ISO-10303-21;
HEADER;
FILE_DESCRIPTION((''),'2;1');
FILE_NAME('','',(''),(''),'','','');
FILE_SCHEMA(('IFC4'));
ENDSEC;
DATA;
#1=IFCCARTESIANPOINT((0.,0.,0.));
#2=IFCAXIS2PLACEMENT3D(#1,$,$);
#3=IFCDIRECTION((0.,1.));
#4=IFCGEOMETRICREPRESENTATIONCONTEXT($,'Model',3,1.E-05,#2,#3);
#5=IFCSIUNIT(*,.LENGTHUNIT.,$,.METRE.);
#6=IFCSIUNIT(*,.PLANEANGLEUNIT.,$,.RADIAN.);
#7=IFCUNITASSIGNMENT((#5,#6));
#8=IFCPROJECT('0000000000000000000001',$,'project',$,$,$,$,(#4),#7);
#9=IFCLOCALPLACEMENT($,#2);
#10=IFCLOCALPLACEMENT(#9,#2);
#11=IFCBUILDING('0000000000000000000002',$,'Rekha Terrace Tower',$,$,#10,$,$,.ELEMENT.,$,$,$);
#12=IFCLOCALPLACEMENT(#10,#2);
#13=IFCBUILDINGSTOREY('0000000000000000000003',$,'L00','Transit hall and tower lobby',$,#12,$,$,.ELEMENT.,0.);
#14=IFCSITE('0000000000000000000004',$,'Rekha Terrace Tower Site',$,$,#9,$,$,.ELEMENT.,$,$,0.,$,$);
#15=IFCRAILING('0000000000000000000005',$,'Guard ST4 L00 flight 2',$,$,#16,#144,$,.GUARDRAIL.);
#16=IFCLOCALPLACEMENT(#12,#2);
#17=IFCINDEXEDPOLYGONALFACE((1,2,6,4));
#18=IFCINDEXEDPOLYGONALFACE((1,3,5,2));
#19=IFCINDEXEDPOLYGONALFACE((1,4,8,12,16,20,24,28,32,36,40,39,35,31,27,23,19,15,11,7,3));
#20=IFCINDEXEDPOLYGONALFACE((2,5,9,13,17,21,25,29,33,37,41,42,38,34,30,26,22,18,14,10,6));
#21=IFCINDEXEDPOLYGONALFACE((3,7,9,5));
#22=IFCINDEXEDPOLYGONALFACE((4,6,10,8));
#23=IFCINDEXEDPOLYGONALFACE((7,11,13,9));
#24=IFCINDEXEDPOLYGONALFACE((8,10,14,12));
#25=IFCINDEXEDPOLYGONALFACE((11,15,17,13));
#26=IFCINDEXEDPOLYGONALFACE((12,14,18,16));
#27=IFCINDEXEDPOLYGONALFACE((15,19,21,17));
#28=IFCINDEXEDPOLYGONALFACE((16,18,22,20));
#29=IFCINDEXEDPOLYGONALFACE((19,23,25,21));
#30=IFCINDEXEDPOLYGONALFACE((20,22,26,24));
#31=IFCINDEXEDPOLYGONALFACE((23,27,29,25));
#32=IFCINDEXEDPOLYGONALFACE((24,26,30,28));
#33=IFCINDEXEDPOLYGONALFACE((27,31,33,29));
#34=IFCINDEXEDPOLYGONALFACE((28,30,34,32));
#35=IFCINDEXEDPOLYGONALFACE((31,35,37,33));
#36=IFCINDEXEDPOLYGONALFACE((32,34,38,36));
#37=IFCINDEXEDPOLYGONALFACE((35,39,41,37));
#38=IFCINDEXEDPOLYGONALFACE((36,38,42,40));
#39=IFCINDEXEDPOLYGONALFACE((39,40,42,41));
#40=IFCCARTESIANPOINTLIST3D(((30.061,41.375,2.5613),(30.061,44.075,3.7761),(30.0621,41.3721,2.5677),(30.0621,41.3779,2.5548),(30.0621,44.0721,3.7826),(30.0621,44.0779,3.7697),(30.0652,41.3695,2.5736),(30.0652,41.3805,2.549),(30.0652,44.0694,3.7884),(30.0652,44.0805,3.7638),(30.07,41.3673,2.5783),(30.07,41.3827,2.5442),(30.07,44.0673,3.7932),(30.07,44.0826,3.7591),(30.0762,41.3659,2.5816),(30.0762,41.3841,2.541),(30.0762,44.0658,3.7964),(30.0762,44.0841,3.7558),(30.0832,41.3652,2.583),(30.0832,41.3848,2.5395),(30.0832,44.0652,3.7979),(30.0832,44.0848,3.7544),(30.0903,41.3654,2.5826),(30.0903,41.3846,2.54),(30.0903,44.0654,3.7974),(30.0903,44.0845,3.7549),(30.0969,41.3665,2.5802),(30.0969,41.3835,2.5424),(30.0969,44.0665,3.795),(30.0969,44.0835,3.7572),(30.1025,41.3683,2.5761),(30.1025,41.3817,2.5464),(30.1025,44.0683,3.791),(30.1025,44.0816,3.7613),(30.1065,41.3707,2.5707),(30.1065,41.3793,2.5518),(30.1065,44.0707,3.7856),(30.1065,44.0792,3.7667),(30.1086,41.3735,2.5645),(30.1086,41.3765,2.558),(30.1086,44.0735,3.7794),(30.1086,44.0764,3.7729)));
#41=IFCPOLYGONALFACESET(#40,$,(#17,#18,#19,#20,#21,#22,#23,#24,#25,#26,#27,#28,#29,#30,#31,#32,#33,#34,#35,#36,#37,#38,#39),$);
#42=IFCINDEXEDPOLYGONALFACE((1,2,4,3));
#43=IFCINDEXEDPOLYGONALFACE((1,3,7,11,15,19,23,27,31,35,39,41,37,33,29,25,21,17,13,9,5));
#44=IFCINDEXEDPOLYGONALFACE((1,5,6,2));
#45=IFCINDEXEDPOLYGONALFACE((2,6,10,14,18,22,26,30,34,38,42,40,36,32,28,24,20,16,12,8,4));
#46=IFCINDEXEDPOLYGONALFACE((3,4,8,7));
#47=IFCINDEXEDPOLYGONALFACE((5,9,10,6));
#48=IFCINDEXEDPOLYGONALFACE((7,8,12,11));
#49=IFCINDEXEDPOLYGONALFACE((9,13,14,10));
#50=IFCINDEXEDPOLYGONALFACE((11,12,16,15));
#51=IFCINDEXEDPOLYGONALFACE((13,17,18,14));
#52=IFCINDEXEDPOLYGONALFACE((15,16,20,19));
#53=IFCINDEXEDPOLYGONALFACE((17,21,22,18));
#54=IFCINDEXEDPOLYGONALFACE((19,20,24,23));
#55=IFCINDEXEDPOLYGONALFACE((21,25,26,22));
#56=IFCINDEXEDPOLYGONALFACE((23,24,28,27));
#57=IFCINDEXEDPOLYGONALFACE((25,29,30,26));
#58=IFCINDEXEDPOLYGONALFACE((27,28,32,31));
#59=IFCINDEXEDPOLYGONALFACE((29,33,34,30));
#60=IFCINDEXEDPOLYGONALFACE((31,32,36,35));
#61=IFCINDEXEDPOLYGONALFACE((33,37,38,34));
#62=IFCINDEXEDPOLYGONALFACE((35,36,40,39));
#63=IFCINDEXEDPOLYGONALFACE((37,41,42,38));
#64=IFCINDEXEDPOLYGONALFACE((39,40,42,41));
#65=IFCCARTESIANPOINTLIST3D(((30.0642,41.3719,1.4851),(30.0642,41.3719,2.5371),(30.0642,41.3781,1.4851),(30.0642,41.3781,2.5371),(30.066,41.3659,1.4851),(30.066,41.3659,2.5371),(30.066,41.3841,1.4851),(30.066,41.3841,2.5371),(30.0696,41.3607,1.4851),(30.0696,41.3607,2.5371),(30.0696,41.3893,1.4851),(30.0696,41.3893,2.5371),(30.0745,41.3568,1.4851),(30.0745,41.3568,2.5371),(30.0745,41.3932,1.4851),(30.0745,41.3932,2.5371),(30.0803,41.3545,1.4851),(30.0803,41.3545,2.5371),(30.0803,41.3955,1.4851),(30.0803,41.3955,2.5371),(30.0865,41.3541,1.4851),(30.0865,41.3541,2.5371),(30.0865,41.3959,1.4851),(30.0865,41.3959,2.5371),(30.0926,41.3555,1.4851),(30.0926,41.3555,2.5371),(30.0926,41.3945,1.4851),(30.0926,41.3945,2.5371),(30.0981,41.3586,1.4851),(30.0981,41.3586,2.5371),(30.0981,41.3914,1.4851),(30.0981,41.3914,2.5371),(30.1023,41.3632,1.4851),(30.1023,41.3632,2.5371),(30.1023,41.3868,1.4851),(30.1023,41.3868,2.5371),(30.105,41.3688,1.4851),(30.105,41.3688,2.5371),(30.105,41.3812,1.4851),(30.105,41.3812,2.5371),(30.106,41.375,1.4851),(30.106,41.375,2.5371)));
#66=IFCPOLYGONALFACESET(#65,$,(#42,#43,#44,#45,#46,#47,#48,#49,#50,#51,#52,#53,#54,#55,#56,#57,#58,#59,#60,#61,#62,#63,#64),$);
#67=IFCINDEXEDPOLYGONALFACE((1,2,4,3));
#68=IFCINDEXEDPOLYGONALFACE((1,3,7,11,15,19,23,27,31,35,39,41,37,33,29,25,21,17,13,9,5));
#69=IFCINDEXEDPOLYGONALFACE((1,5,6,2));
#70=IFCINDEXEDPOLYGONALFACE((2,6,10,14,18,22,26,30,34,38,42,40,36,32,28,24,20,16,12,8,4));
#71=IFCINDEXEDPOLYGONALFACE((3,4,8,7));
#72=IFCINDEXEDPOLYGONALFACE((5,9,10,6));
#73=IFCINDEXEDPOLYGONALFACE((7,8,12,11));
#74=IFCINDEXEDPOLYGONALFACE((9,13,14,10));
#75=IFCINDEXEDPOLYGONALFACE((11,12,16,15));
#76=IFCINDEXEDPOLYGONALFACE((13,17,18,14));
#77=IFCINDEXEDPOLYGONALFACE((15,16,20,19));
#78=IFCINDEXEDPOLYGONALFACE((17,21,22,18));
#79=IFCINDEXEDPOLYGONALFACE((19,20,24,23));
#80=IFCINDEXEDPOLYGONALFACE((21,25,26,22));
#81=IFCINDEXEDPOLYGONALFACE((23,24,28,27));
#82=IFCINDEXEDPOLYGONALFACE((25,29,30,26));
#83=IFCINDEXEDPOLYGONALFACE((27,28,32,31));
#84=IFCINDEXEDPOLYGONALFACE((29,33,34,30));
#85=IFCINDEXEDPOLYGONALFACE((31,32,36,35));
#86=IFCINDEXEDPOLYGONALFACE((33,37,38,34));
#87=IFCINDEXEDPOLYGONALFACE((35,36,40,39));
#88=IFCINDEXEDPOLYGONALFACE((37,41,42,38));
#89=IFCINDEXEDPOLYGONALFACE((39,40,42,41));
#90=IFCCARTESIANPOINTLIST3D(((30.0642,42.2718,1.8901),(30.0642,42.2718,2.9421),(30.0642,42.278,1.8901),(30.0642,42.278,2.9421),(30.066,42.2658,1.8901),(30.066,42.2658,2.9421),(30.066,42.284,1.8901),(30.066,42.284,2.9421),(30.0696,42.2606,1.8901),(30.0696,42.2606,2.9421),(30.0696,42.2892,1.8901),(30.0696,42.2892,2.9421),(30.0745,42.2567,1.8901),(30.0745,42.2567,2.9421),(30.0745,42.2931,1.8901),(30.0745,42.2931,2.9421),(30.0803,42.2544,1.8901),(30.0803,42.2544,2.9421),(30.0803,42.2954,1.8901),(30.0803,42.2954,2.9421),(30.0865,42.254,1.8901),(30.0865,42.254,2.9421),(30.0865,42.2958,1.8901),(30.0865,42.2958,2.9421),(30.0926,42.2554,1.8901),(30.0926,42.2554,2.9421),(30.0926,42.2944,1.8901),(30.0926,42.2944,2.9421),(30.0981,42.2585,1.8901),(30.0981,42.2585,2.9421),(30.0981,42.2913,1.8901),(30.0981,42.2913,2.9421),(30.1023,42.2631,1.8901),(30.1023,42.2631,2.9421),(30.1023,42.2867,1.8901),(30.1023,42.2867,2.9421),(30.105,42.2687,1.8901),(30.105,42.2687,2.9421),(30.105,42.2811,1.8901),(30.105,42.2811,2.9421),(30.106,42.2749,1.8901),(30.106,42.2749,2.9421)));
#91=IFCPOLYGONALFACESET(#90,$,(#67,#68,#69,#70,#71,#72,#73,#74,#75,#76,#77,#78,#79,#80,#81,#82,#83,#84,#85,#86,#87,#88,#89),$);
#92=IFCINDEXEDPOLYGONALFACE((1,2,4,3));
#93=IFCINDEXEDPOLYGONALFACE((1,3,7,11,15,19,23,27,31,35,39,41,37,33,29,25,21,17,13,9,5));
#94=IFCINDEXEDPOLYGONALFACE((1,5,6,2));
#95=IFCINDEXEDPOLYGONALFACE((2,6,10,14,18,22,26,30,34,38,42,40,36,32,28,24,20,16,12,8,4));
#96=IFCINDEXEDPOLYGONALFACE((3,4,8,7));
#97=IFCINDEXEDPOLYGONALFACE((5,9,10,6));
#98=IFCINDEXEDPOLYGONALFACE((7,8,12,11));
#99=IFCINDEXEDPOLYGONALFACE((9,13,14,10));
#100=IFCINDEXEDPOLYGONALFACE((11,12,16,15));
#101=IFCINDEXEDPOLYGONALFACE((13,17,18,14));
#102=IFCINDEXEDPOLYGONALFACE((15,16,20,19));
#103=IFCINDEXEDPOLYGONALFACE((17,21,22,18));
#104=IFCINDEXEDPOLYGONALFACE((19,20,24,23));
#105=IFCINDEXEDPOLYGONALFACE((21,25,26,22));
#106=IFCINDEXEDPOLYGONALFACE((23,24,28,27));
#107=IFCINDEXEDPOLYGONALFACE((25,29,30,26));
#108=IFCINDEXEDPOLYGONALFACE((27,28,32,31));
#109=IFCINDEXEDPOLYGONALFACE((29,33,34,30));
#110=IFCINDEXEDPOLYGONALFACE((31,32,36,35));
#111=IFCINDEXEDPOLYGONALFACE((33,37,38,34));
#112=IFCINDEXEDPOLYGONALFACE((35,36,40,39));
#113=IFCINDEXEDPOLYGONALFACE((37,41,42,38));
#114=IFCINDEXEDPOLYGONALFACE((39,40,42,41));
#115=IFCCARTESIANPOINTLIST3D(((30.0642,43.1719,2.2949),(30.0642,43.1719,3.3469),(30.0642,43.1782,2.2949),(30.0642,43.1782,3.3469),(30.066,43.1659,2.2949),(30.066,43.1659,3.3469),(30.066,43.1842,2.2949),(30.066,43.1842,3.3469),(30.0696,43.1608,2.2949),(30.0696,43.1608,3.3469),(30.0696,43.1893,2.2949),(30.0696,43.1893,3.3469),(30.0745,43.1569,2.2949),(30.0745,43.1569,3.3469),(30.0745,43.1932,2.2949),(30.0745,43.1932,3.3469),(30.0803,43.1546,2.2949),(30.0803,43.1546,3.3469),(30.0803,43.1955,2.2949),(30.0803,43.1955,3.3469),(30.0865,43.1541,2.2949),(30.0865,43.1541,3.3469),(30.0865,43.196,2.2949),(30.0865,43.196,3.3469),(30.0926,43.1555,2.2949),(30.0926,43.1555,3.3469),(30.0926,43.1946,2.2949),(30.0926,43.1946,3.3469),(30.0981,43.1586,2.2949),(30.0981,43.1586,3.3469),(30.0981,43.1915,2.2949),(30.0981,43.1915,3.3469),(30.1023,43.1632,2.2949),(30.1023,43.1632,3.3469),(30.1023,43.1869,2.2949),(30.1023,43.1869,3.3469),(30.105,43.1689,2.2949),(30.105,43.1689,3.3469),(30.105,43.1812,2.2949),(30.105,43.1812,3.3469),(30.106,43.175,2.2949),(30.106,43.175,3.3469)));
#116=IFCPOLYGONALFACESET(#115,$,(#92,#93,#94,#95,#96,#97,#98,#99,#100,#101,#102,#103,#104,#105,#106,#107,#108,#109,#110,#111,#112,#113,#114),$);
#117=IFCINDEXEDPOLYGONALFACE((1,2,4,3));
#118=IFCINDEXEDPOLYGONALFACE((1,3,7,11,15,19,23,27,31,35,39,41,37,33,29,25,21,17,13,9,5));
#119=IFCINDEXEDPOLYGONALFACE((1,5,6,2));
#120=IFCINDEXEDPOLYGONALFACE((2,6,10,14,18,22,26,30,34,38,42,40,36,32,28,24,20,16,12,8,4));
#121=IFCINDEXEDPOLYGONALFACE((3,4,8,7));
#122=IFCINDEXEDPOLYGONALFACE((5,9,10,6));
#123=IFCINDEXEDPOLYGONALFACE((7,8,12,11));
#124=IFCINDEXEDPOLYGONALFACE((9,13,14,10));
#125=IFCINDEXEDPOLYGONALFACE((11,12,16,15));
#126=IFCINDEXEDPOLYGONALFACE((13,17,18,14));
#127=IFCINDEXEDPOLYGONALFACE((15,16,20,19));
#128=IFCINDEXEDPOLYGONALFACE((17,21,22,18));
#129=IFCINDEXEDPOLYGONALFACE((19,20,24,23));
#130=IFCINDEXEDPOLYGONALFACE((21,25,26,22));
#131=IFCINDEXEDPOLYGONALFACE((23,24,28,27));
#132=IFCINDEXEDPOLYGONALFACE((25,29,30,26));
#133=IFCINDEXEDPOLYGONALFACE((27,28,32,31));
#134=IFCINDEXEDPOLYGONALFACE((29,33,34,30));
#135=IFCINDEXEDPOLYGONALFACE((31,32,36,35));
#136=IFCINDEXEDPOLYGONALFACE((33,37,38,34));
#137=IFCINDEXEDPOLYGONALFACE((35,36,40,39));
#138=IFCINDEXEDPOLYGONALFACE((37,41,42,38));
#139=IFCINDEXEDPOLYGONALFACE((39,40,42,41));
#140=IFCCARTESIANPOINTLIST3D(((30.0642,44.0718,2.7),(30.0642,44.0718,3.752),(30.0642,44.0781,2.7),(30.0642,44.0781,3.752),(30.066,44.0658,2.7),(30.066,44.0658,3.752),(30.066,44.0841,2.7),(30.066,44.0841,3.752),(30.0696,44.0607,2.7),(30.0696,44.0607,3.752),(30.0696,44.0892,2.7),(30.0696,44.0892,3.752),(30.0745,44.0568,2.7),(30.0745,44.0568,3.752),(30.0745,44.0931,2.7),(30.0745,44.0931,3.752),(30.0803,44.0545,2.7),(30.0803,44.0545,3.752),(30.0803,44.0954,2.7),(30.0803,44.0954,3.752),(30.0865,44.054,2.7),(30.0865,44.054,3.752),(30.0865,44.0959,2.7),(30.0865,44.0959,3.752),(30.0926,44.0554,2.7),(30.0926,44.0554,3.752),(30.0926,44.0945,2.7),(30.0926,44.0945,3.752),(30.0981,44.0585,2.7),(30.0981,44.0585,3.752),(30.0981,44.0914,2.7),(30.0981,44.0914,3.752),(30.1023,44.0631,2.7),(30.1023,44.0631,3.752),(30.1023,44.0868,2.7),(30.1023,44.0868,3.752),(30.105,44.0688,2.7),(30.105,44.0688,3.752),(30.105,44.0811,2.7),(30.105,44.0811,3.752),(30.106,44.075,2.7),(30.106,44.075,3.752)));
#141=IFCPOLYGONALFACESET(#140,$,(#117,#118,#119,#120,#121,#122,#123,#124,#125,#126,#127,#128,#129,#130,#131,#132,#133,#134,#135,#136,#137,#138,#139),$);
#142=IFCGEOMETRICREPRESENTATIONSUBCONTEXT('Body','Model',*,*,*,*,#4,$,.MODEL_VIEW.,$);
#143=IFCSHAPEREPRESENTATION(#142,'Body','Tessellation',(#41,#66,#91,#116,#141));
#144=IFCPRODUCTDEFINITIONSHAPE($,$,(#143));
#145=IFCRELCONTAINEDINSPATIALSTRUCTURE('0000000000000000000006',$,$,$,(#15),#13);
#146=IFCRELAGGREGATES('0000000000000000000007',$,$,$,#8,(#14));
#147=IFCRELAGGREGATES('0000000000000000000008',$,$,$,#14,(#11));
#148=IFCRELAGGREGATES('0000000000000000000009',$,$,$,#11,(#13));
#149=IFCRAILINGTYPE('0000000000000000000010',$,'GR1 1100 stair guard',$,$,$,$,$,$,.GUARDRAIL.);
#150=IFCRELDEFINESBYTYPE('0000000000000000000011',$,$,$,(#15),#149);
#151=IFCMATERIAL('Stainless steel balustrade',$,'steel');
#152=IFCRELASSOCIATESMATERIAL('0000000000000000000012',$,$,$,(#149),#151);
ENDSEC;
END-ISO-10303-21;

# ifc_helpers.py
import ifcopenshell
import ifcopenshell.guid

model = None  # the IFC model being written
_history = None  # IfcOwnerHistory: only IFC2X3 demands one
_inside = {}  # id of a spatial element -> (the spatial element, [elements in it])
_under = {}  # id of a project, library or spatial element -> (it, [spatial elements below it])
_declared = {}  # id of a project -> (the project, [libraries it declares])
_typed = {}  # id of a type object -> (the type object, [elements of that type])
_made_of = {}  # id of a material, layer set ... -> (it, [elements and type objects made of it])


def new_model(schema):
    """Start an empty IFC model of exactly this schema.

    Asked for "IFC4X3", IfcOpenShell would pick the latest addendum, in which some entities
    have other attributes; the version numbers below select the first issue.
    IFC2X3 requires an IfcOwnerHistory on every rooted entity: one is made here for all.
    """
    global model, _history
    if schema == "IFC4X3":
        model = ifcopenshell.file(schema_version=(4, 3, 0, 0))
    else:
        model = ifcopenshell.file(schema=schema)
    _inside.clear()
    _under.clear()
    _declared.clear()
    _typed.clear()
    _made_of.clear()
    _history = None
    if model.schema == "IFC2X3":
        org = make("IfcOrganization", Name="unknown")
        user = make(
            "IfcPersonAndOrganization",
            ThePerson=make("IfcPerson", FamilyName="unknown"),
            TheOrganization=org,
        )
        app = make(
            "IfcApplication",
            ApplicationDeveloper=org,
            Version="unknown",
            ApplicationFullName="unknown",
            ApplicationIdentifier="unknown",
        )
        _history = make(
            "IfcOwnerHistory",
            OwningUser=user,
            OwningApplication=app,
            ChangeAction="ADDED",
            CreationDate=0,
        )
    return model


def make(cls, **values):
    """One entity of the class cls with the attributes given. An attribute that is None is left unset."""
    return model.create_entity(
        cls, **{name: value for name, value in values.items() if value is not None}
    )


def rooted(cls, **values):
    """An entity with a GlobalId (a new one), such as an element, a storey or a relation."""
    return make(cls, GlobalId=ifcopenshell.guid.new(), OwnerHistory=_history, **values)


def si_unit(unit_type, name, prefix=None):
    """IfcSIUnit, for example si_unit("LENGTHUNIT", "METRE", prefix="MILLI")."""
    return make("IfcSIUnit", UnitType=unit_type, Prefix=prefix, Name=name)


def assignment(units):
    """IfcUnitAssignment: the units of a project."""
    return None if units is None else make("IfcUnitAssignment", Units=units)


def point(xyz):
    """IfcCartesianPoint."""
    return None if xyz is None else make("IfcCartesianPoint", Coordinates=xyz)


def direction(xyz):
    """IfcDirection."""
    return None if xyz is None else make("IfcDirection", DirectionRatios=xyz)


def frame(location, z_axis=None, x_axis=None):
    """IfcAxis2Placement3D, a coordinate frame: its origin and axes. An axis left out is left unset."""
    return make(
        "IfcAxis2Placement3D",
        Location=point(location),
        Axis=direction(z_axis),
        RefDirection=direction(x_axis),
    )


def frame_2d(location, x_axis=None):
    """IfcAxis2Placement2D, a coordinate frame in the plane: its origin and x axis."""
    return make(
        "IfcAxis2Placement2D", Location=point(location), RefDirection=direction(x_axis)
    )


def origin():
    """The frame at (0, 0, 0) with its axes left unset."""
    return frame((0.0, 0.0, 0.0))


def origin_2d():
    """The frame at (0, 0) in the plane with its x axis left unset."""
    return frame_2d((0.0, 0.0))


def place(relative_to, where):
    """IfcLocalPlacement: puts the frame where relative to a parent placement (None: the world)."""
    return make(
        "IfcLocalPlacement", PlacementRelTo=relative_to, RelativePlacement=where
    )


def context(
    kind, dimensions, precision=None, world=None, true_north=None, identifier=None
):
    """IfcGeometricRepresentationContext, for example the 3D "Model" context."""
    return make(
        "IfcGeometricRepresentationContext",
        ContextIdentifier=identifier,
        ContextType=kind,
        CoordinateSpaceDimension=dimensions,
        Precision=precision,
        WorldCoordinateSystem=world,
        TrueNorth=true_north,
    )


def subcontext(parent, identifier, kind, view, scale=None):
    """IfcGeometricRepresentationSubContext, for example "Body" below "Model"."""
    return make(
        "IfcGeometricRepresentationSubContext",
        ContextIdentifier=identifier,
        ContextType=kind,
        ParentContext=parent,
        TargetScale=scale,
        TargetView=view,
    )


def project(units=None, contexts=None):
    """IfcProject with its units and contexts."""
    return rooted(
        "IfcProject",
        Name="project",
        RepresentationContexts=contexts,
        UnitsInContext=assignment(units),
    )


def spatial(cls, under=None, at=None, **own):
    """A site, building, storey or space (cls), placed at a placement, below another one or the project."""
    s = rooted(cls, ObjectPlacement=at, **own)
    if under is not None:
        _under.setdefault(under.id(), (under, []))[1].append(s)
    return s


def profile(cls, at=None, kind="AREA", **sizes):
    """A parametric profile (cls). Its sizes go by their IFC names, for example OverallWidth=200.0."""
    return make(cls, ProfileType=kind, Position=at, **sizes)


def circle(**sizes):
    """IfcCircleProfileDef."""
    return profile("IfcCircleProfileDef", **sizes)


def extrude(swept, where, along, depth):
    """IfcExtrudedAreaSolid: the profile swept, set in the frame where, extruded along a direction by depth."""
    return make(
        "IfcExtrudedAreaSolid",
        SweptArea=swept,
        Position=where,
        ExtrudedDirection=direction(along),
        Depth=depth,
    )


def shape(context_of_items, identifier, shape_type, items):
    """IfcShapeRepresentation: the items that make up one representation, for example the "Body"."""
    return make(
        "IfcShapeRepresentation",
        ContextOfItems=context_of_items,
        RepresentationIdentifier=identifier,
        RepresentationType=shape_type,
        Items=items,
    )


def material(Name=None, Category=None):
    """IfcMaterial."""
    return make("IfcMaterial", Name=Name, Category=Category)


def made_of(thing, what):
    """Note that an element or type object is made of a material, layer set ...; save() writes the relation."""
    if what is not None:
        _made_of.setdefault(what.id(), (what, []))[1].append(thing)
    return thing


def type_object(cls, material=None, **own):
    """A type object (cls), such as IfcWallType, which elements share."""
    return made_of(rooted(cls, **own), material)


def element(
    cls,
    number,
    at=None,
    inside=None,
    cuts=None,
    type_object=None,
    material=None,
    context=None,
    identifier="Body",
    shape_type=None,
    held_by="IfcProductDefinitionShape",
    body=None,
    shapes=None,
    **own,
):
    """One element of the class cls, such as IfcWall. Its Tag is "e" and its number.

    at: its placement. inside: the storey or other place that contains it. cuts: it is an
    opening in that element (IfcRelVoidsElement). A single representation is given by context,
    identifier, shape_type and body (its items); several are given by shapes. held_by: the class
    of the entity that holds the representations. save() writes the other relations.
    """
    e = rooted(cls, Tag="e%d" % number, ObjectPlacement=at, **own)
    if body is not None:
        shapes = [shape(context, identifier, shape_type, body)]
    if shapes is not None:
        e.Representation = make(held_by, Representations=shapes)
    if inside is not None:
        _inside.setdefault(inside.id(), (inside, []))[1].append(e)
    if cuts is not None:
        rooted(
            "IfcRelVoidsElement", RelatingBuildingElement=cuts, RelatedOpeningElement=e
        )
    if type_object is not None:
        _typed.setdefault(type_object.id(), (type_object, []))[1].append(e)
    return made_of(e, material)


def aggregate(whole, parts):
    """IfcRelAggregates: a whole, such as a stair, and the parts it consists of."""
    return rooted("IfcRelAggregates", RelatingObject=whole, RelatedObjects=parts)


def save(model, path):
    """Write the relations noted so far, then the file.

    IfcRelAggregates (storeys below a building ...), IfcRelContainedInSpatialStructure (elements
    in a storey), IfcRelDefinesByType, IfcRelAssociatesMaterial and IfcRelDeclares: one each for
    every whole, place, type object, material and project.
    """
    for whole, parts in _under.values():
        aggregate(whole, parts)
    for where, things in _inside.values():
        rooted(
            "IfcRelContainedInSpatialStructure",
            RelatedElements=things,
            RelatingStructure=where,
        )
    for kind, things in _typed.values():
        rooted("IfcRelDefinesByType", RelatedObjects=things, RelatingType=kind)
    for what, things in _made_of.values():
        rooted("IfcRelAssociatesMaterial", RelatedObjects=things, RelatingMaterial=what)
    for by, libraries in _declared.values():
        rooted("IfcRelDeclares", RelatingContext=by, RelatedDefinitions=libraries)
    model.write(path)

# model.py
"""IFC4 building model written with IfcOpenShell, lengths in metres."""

from ifc_helpers import new_model, si_unit, direction, frame, origin, origin_2d, place, context, subcontext, project, spatial, circle, extrude, material, type_object, element, save


model = new_model("IFC4")

# Units and contexts
model_context = context("Model", 3, precision=1e-05, world=origin(), true_north=direction((0.0, 1.0)))
body_context = subcontext(model_context, "Body", "Model", "MODEL_VIEW")
ifc_project = project(units=[si_unit("LENGTHUNIT", "METRE"), si_unit("PLANEANGLEUNIT", "RADIAN")], contexts=[model_context])

# Site, building, storey
site_placement = place(None, origin())
site = spatial("IfcSite", under=ifc_project, at=site_placement, Name="Rekha Terrace Tower Site", CompositionType="ELEMENT", RefElevation=0.0)
building_placement = place(site_placement, origin())
building = spatial("IfcBuilding", under=site, at=building_placement, Name="Rekha Terrace Tower", CompositionType="ELEMENT")
storey_placement = place(building_placement, origin())
storey = spatial("IfcBuildingStorey", under=building, at=storey_placement, Name="L00", Description="Transit hall and tower lobby", CompositionType="ELEMENT", Elevation=0.0)

# Railing
ifc_material_1 = material(Name="Stainless steel balustrade", Category="steel")
railing_type_1 = type_object("IfcRailingType", Name="GR1 1100 stair guard", PredefinedType="GUARDRAIL", material=ifc_material_1)
railing_1_placement = place(storey_placement, frame((30.085, 41.375, 1.4851)))
element("IfcRailing", 1, at=railing_1_placement, inside=storey, type_object=railing_type_1, Name="Guard ST4 L00 flight 2", PredefinedType="GUARDRAIL", context=body_context, shape_type="SweptSolid", body=[
    extrude(circle(Radius=0.0239, at=origin_2d()), frame((0.0, 0.0, 1.0762), z_axis=(0.0, 0.911938, 0.410327), x_axis=(-1.0, 0.0, 0.0)), (0.0, 0.0, 1.0), 2.9607),
    extrude(circle(Radius=0.021, at=origin_2d()), origin(), (0.0, 0.0, 1.0), 1.052),
    extrude(circle(Radius=0.021, at=origin_2d()), frame((0.0, 0.8999, 0.405)), (0.0, 0.0, 1.0), 1.052),
    extrude(circle(Radius=0.021, at=origin_2d()), frame((0.0, 1.8, 0.8098)), (0.0, 0.0, 1.0), 1.052),
    extrude(circle(Radius=0.021, at=origin_2d()), frame((0.0, 2.7, 1.2148)), (0.0, 0.0, 1.0), 1.052),
])

save(model, "model.ifc")
